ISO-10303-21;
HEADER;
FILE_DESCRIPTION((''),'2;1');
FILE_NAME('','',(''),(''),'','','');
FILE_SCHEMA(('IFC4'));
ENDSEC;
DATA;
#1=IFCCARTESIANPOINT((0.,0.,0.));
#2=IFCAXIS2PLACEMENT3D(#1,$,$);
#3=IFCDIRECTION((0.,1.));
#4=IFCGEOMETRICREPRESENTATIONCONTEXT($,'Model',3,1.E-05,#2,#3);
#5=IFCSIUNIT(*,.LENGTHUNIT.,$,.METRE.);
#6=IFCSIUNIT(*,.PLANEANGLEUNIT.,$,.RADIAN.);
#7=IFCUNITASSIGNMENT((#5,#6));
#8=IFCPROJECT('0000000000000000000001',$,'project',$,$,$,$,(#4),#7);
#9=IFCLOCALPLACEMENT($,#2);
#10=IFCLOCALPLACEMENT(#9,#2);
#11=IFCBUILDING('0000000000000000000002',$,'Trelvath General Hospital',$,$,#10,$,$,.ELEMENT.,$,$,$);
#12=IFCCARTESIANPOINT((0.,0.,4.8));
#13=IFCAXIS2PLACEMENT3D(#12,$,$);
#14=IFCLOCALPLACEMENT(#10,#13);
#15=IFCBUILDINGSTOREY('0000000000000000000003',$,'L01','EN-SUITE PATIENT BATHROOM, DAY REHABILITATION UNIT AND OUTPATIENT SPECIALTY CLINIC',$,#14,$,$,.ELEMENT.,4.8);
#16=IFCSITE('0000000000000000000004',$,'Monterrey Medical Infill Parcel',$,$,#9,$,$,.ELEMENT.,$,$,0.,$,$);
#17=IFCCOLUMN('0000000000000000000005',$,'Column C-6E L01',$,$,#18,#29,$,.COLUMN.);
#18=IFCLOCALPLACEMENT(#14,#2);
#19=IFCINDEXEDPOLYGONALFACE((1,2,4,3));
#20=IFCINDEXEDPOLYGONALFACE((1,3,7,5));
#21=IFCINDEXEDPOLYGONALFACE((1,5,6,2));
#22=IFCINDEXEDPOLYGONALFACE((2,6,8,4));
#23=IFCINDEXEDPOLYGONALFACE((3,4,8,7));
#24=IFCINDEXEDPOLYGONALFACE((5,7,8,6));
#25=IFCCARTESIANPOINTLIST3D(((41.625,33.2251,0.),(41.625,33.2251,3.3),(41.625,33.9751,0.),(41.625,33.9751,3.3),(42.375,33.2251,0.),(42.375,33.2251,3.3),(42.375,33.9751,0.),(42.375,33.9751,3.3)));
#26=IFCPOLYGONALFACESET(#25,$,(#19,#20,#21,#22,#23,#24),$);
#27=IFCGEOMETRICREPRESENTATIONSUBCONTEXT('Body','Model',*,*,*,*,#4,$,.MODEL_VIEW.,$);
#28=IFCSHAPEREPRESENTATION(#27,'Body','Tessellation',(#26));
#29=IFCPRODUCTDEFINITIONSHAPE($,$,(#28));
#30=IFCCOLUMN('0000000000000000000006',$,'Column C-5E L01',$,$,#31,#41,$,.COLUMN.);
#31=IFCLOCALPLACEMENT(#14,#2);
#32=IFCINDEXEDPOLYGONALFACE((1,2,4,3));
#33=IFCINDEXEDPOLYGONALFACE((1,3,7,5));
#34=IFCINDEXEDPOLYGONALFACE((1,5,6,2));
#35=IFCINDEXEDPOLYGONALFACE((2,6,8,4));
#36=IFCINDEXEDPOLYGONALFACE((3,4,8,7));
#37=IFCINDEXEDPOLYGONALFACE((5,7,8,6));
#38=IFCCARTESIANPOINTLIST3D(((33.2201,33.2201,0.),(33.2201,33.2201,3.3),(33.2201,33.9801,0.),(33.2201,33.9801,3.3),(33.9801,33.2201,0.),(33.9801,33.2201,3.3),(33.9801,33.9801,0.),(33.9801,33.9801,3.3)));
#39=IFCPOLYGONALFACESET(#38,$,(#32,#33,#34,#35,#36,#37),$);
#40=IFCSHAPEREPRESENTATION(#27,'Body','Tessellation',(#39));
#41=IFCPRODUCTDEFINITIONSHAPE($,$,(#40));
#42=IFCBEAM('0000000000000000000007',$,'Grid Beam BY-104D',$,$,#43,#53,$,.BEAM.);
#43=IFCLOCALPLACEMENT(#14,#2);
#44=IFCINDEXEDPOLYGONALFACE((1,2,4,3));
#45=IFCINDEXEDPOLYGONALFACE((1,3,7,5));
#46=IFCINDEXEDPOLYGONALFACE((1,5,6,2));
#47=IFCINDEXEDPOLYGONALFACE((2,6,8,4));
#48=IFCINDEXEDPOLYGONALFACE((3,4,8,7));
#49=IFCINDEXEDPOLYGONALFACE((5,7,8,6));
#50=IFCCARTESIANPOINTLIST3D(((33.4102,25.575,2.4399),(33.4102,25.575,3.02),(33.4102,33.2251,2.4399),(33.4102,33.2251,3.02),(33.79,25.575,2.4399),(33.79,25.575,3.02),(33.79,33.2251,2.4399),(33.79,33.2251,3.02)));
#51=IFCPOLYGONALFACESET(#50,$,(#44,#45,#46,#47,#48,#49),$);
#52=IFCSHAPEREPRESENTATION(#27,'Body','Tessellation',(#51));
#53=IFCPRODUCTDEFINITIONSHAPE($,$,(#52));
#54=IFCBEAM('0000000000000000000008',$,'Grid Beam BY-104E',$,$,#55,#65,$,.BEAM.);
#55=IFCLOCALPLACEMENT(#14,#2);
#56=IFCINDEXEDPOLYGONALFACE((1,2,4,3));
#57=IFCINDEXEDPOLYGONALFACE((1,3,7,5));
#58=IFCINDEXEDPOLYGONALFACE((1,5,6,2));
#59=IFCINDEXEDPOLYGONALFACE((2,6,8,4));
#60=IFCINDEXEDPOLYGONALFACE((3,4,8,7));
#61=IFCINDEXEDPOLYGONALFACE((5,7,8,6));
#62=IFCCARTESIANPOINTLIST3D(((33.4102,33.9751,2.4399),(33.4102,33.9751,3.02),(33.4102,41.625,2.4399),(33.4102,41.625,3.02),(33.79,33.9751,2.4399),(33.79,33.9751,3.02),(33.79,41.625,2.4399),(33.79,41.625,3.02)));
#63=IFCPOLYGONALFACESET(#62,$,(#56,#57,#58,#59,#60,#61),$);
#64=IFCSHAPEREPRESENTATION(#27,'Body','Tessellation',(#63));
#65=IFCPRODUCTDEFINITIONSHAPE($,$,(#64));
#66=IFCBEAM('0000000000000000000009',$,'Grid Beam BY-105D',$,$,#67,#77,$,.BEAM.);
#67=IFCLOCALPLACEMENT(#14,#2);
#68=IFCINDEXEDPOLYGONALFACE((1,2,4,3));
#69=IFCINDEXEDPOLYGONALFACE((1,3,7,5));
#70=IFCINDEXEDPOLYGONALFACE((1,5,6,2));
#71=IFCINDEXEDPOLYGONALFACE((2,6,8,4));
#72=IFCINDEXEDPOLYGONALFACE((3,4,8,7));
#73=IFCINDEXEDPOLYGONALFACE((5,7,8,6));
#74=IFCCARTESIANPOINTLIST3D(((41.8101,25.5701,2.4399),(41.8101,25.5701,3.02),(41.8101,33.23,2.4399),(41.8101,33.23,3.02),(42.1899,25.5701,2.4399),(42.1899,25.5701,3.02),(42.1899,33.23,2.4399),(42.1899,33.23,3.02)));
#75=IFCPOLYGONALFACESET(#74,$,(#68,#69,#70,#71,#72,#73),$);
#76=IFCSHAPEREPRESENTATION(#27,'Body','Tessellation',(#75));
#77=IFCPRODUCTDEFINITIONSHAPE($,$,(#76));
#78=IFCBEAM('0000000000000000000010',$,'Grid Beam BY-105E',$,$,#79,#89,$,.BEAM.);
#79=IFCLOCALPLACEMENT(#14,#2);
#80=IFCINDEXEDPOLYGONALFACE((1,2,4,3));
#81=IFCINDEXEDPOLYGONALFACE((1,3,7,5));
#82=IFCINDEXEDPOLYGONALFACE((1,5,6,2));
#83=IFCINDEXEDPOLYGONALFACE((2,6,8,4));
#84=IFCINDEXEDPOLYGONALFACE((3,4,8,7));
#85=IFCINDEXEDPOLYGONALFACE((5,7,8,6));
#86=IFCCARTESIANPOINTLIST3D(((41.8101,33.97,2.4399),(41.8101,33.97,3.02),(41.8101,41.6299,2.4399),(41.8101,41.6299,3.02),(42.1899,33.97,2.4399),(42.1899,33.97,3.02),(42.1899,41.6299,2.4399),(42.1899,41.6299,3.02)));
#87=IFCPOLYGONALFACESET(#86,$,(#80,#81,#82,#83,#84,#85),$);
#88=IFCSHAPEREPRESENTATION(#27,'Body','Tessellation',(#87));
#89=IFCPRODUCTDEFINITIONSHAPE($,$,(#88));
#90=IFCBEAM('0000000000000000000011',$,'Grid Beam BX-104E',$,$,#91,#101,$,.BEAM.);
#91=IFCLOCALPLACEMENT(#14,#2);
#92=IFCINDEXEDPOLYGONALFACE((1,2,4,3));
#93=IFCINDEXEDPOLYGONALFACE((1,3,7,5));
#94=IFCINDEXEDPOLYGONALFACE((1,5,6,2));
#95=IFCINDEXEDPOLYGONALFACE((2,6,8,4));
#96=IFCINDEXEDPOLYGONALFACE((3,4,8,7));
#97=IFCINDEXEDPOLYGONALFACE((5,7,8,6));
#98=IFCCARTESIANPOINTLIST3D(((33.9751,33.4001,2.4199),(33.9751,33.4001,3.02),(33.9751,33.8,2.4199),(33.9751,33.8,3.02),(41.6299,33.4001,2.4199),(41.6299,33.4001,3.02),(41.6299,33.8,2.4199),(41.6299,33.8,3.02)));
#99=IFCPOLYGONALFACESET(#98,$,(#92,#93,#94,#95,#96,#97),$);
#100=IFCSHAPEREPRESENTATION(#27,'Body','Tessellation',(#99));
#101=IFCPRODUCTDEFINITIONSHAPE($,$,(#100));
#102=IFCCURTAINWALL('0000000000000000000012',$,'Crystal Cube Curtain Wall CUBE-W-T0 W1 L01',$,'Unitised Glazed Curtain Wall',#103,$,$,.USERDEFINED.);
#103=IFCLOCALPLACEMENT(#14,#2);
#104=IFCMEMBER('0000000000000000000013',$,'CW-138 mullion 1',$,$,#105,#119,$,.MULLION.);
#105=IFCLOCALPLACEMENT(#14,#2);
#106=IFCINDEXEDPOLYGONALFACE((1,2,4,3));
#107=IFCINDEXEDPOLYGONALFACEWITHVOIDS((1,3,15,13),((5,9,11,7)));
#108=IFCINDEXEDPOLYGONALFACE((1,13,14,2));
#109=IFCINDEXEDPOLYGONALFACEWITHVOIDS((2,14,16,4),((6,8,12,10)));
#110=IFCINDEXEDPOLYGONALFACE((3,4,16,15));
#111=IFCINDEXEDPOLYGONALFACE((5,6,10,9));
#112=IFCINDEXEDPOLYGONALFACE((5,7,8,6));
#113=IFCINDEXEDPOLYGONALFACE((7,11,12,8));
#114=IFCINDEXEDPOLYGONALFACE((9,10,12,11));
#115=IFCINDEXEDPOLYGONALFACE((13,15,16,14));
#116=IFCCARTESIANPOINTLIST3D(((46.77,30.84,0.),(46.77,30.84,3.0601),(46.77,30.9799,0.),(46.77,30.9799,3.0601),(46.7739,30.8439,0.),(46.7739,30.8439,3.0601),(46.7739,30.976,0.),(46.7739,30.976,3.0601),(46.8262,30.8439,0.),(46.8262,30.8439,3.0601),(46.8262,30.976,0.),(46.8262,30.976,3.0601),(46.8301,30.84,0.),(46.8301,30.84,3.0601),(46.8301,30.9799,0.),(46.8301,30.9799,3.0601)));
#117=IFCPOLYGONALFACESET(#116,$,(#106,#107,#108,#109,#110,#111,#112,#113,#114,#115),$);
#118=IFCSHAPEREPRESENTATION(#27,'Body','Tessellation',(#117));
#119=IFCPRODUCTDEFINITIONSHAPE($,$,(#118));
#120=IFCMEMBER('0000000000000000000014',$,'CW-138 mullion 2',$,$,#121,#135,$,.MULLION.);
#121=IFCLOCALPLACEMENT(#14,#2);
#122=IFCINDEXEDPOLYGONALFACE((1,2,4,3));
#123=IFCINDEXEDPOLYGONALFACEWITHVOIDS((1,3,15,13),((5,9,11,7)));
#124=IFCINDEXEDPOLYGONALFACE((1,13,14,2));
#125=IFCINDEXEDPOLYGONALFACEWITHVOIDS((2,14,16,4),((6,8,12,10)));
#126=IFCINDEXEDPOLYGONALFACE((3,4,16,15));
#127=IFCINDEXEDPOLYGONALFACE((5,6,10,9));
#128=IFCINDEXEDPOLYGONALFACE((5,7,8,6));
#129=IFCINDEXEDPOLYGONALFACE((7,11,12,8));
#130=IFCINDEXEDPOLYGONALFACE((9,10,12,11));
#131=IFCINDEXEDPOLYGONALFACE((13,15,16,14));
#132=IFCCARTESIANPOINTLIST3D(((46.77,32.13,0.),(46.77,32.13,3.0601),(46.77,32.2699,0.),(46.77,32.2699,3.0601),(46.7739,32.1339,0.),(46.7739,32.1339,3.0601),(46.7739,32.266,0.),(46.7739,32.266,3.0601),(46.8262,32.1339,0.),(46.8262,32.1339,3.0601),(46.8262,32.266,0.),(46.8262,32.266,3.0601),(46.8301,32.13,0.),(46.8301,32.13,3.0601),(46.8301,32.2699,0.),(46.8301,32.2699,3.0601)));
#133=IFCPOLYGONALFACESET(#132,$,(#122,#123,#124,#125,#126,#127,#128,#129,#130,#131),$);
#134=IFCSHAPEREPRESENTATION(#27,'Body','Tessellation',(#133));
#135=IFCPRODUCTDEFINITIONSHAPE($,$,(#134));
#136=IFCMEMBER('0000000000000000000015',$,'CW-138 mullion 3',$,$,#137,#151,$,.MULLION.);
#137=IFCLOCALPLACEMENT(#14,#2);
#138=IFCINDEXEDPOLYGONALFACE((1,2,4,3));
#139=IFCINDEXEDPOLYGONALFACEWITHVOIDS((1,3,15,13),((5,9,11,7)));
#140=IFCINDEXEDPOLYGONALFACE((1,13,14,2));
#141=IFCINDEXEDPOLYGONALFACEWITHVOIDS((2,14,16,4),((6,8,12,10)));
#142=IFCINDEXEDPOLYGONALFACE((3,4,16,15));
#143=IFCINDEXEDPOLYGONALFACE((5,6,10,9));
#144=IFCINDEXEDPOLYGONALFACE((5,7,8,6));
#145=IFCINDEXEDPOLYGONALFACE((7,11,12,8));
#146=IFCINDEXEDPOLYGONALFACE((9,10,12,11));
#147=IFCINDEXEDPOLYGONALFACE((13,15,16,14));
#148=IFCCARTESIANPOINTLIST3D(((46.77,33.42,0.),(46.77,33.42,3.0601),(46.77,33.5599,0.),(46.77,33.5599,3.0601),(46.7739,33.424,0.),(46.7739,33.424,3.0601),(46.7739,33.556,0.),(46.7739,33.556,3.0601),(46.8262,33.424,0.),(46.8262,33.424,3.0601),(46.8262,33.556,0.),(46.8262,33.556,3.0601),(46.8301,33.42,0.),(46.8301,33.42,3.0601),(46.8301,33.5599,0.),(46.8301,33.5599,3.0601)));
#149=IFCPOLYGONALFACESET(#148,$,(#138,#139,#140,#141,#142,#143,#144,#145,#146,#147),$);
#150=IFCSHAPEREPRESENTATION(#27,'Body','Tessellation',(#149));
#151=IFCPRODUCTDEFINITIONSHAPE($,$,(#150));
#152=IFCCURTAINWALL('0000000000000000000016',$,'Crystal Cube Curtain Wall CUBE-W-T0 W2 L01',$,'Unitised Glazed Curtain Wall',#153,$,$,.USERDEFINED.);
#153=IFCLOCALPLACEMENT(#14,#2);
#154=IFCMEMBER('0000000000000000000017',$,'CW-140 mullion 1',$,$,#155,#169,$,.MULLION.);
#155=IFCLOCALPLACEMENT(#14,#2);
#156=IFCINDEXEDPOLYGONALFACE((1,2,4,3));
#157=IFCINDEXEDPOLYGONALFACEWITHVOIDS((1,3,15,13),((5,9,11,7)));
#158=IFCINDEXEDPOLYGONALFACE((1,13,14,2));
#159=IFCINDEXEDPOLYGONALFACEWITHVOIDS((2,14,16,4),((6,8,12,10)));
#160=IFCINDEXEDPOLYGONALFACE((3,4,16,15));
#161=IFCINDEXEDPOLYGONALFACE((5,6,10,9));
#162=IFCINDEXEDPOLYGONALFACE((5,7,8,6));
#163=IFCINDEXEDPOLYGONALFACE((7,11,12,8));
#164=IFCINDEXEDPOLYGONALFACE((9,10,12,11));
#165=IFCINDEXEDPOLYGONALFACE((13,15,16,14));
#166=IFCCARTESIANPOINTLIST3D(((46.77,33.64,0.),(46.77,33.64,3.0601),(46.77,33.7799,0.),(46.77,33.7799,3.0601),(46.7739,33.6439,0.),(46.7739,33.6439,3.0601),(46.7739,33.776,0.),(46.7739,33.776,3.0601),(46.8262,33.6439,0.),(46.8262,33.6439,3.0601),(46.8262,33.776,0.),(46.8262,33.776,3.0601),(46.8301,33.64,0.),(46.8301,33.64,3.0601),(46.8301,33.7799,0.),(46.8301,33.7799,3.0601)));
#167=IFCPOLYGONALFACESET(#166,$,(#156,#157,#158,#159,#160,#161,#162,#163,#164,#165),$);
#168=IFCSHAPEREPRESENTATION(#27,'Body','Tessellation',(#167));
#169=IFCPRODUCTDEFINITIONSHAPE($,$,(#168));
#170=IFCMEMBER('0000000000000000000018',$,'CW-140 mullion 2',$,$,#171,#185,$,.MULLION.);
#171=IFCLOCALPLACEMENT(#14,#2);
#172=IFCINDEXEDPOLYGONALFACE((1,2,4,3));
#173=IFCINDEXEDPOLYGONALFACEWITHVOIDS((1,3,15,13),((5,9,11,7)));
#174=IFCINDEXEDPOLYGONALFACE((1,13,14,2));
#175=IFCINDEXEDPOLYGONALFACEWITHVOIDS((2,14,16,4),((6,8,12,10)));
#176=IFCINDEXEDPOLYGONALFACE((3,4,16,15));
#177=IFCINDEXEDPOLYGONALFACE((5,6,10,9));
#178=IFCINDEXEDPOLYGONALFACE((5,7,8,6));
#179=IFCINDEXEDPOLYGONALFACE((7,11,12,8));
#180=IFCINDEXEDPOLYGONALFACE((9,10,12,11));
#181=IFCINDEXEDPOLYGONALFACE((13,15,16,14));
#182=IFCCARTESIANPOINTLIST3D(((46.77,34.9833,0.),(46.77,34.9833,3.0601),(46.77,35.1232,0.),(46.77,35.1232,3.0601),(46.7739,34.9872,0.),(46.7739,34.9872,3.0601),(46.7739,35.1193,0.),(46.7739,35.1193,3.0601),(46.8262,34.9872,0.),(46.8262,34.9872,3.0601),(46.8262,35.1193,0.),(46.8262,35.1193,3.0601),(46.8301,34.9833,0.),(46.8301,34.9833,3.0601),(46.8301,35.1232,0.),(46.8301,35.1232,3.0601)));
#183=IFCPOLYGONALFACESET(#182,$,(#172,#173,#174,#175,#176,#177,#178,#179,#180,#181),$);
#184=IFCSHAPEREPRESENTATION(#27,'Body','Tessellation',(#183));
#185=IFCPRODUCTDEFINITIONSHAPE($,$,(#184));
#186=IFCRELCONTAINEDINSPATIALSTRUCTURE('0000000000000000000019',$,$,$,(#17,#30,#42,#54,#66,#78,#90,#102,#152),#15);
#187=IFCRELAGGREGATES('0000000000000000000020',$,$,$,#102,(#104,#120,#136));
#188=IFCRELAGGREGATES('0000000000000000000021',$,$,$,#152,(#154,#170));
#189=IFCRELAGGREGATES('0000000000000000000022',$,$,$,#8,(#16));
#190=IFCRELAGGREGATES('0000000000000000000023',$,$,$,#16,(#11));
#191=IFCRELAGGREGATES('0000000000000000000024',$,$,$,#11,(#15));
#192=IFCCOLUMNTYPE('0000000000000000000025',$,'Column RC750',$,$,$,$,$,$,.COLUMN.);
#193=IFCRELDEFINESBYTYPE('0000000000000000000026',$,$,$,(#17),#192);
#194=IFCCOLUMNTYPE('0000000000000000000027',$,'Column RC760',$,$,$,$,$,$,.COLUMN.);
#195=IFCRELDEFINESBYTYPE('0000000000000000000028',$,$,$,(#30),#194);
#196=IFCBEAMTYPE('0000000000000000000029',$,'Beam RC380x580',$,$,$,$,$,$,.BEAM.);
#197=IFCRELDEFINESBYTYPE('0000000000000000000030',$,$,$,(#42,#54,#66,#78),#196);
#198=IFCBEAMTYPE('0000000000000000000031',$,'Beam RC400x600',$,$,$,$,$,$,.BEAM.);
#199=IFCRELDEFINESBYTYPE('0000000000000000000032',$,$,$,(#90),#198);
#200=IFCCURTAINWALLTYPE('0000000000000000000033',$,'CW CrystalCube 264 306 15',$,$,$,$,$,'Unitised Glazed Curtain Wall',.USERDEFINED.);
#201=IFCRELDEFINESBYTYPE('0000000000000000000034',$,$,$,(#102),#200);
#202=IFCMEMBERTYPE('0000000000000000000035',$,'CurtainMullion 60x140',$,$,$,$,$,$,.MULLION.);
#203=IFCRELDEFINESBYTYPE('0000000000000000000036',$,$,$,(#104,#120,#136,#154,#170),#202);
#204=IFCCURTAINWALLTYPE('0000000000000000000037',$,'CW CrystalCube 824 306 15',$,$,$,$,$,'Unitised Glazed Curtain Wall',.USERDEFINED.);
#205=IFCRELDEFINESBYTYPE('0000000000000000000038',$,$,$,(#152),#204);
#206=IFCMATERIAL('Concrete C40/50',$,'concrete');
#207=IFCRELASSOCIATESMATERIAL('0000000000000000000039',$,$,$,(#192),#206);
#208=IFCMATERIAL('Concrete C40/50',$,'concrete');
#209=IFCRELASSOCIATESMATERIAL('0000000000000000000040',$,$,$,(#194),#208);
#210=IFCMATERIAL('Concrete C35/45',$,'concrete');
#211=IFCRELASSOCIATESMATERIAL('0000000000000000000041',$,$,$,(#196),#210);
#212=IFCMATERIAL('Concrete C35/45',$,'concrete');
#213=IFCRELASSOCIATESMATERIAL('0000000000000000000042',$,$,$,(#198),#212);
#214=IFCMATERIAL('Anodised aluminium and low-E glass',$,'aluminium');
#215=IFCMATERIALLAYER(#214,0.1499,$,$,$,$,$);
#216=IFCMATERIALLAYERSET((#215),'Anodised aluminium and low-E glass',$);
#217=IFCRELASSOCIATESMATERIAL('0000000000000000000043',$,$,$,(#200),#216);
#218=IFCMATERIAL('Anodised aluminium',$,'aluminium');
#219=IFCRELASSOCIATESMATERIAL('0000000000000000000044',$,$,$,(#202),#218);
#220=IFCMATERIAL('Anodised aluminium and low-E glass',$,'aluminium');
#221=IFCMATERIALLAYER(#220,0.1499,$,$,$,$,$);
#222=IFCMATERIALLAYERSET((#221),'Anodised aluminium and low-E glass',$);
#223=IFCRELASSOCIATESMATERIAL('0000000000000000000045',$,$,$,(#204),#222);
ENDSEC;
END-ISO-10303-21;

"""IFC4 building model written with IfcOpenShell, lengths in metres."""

from ifc_helpers import new_model, si_unit, direction, frame, origin, origin_2d, place, context, subcontext, project, spatial, rectangle, hollow_rectangle, extrude, material, layer, layer_set, material_profile, profile_set, type_object, element, aggregate, save


model = new_model("IFC4")

# Units and contexts
model_context = context("Model", 3, precision=1e-05, world=origin(), true_north=direction((0.0, 1.0)))
body_context = subcontext(model_context, "Body", "Model", "MODEL_VIEW")
ifc_project = project(units=[si_unit("LENGTHUNIT", "METRE"), si_unit("PLANEANGLEUNIT", "RADIAN")], contexts=[model_context])

# Site, building, storey
site_placement = place(None, origin())
site = spatial("IfcSite", under=ifc_project, at=site_placement, Name="Monterrey Medical Infill Parcel", CompositionType="ELEMENT", RefElevation=0.0)
building_placement = place(site_placement, origin())
building = spatial("IfcBuilding", under=site, at=building_placement, Name="Trelvath General Hospital", CompositionType="ELEMENT")
storey_placement = place(building_placement, frame((0.0, 0.0, 4.8)))
storey = spatial("IfcBuildingStorey", under=building, at=storey_placement, Name="L01", Description="EN-SUITE PATIENT BATHROOM, DAY REHABILITATION UNIT AND OUTPATIENT SPECIALTY CLINIC", CompositionType="ELEMENT", Elevation=4.8)

# Columns
ifc_material_1 = material(Name="Concrete C40/50", Category="concrete")
ifc_material_profile_1 = material_profile(ifc_material_1, rectangle(XDim=0.75, YDim=0.75, at=origin_2d()), Name="RC750x750")
ifc_profile_set_1 = profile_set([ifc_material_profile_1], Name="Concrete C40/50")
column_type_1 = type_object("IfcColumnType", Name="Column RC750", PredefinedType="COLUMN", material=ifc_profile_set_1)
column_1_placement = place(storey_placement, frame((42.0, 33.6001, 0.0), z_axis=(0.0, 0.0, 1.0), x_axis=(1.0, 0.0, 0.0)))
element("IfcColumn", 1, at=column_1_placement, inside=storey, type_object=column_type_1, Name="Column C-6E L01", PredefinedType="COLUMN", context=body_context, shape_type="SweptSolid", body=[
    extrude(rectangle(XDim=0.75, YDim=0.75, at=origin_2d()), origin(), (0.0, 0.0, 1.0), 3.3),
])
ifc_material_2 = material(Name="Concrete C40/50", Category="concrete")
ifc_material_profile_2 = material_profile(ifc_material_2, rectangle(XDim=0.76, YDim=0.76, at=origin_2d()), Name="RC760x760")
ifc_profile_set_2 = profile_set([ifc_material_profile_2], Name="Concrete C40/50")
column_type_2 = type_object("IfcColumnType", Name="Column RC760", PredefinedType="COLUMN", material=ifc_profile_set_2)
column_2_placement = place(storey_placement, frame((33.6001, 33.6001, 0.0), z_axis=(0.0, 0.0, 1.0), x_axis=(1.0, 0.0, 0.0)))
element("IfcColumn", 2, at=column_2_placement, inside=storey, type_object=column_type_2, Name="Column C-5E L01", PredefinedType="COLUMN", context=body_context, shape_type="SweptSolid", body=[
    extrude(rectangle(XDim=0.76, YDim=0.76, at=origin_2d()), origin(), (0.0, 0.0, 1.0), 3.3),
])

# Beams
ifc_material_3 = material(Name="Concrete C35/45", Category="concrete")
ifc_material_profile_3 = material_profile(ifc_material_3, rectangle(XDim=0.3799, YDim=0.5801, at=origin_2d()), Name="RCB380x580")
ifc_profile_set_3 = profile_set([ifc_material_profile_3], Name="Concrete C35/45")
beam_type_1 = type_object("IfcBeamType", Name="Beam RC380x580", PredefinedType="BEAM", material=ifc_profile_set_3)
beam_1_placement = place(storey_placement, frame((33.6001, 25.575, 2.73), z_axis=(0.0, 1.0, 0.0), x_axis=(-1.0, 0.0, 0.0)))
element("IfcBeam", 3, at=beam_1_placement, inside=storey, type_object=beam_type_1, Name="Grid Beam BY-104D", PredefinedType="BEAM", context=body_context, shape_type="SweptSolid", body=[
    extrude(rectangle(XDim=0.3799, YDim=0.5801, at=origin_2d()), origin(), (0.0, 0.0, 1.0), 7.6501),
])
beam_2_placement = place(storey_placement, frame((33.6001, 33.9751, 2.73), z_axis=(0.0, 1.0, 0.0), x_axis=(-1.0, 0.0, 0.0)))
element("IfcBeam", 4, at=beam_2_placement, inside=storey, type_object=beam_type_1, Name="Grid Beam BY-104E", PredefinedType="BEAM", context=body_context, shape_type="SweptSolid", body=[
    extrude(rectangle(XDim=0.3799, YDim=0.5801, at=origin_2d()), origin(), (0.0, 0.0, 1.0), 7.6499),
])
for number, where, z_axis, x_axis, name in (
    (5, (42.0, 25.5701, 2.73), (0.0, 1.0, 0.0), (-1.0, 0.0, 0.0), "Grid Beam BY-105D"),
    (6, (42.0, 33.97, 2.73), (0.0, 1.0, 0.0), (-1.0, 0.0, 0.0), "Grid Beam BY-105E"),
):
    element("IfcBeam", number, at=place(storey_placement, frame(where, z_axis=z_axis, x_axis=x_axis)), inside=storey, type_object=beam_type_1, Name=name, PredefinedType="BEAM", context=body_context, shape_type="SweptSolid", body=[
        extrude(rectangle(XDim=0.3799, YDim=0.5801, at=origin_2d()), origin(), (0.0, 0.0, 1.0), 7.6599),
    ])
ifc_material_4 = material(Name="Concrete C35/45", Category="concrete")
ifc_material_profile_4 = material_profile(ifc_material_4, rectangle(XDim=0.3999, YDim=0.6001, at=origin_2d()), Name="RCB400x600")
ifc_profile_set_4 = profile_set([ifc_material_profile_4], Name="Concrete C35/45")
beam_type_2 = type_object("IfcBeamType", Name="Beam RC400x600", PredefinedType="BEAM", material=ifc_profile_set_4)
beam_3_placement = place(storey_placement, frame((33.9751, 33.6001, 2.72), z_axis=(1.0, 0.0, 0.0), x_axis=(0.0, 1.0, 0.0)))
element("IfcBeam", 7, at=beam_3_placement, inside=storey, type_object=beam_type_2, Name="Grid Beam BX-104E", PredefinedType="BEAM", context=body_context, shape_type="SweptSolid", body=[
    extrude(rectangle(XDim=0.3999, YDim=0.6001, at=origin_2d()), origin(), (0.0, 0.0, 1.0), 7.6548),
])

# Curtain walls, members
ifc_material_5 = material(Name="Anodised aluminium and low-E glass", Category="aluminium")
ifc_layer_1 = layer(ifc_material_5, 0.1499)
ifc_layer_set_1 = layer_set([ifc_layer_1], Name="Anodised aluminium and low-E glass")
curtain_wall_type_1 = type_object("IfcCurtainWallType", Name="CW CrystalCube 264 306 15", ElementType="Unitised Glazed Curtain Wall", PredefinedType="USERDEFINED", material=ifc_layer_set_1)
curtain_wall_1_placement = place(storey_placement, origin())
curtain_wall_1 = element("IfcCurtainWall", 8, at=curtain_wall_1_placement, inside=storey, type_object=curtain_wall_type_1, Name="Crystal Cube Curtain Wall CUBE-W-T0 W1 L01", ObjectType="Unitised Glazed Curtain Wall", PredefinedType="USERDEFINED")
ifc_material_6 = material(Name="Anodised aluminium", Category="aluminium")
ifc_material_profile_5 = material_profile(ifc_material_6, hollow_rectangle(XDim=0.0601, YDim=0.1399, WallThickness=0.0039, at=origin_2d()), Name="RHS60x140x4")
ifc_profile_set_5 = profile_set([ifc_material_profile_5], Name="Anodised aluminium")
member_type_1 = type_object("IfcMemberType", Name="CurtainMullion 60x140", PredefinedType="MULLION", material=ifc_profile_set_5)
member_1_placement = place(storey_placement, frame((46.8, 30.9099, 0.0), z_axis=(0.0, 0.0, 1.0), x_axis=(-1.0, 0.0, 0.0)))
member_1 = element("IfcMember", 9, at=member_1_placement, type_object=member_type_1, Name="CW-138 mullion 1", PredefinedType="MULLION", context=body_context, shape_type="SweptSolid", body=[
    extrude(hollow_rectangle(XDim=0.0601, YDim=0.1399, WallThickness=0.0039, at=origin_2d()), origin(), (0.0, 0.0, 1.0), 3.0601),
])
member_2_placement = place(storey_placement, frame((46.8, 32.2, 0.0), z_axis=(0.0, 0.0, 1.0), x_axis=(-1.0, 0.0, 0.0)))
member_2 = element("IfcMember", 10, at=member_2_placement, type_object=member_type_1, Name="CW-138 mullion 2", PredefinedType="MULLION", context=body_context, shape_type="SweptSolid", body=[
    extrude(hollow_rectangle(XDim=0.0601, YDim=0.1399, WallThickness=0.0039, at=origin_2d()), origin(), (0.0, 0.0, 1.0), 3.0601),
])
member_3_placement = place(storey_placement, frame((46.8, 33.49, 0.0), z_axis=(0.0, 0.0, 1.0), x_axis=(-1.0, 0.0, 0.0)))
member_3 = element("IfcMember", 11, at=member_3_placement, type_object=member_type_1, Name="CW-138 mullion 3", PredefinedType="MULLION", context=body_context, shape_type="SweptSolid", body=[
    extrude(hollow_rectangle(XDim=0.0601, YDim=0.1399, WallThickness=0.0039, at=origin_2d()), origin(), (0.0, 0.0, 1.0), 3.0601),
])
ifc_material_7 = material(Name="Anodised aluminium and low-E glass", Category="aluminium")
ifc_layer_2 = layer(ifc_material_7, 0.1499)
ifc_layer_set_2 = layer_set([ifc_layer_2], Name="Anodised aluminium and low-E glass")
curtain_wall_type_2 = type_object("IfcCurtainWallType", Name="CW CrystalCube 824 306 15", ElementType="Unitised Glazed Curtain Wall", PredefinedType="USERDEFINED", material=ifc_layer_set_2)
curtain_wall_2_placement = place(storey_placement, origin())
curtain_wall_2 = element("IfcCurtainWall", 12, at=curtain_wall_2_placement, inside=storey, type_object=curtain_wall_type_2, Name="Crystal Cube Curtain Wall CUBE-W-T0 W2 L01", ObjectType="Unitised Glazed Curtain Wall", PredefinedType="USERDEFINED")
member_4_placement = place(storey_placement, frame((46.8, 33.71, 0.0), z_axis=(0.0, 0.0, 1.0), x_axis=(-1.0, 0.0, 0.0)))
member_4 = element("IfcMember", 13, at=member_4_placement, type_object=member_type_1, Name="CW-140 mullion 1", PredefinedType="MULLION", context=body_context, shape_type="SweptSolid", body=[
    extrude(hollow_rectangle(XDim=0.0601, YDim=0.1399, WallThickness=0.0039, at=origin_2d()), origin(), (0.0, 0.0, 1.0), 3.0601),
])
member_5_placement = place(storey_placement, frame((46.8, 35.0532, 0.0), z_axis=(0.0, 0.0, 1.0), x_axis=(-1.0, 0.0, 0.0)))
member_5 = element("IfcMember", 14, at=member_5_placement, type_object=member_type_1, Name="CW-140 mullion 2", PredefinedType="MULLION", context=body_context, shape_type="SweptSolid", body=[
    extrude(hollow_rectangle(XDim=0.0601, YDim=0.1399, WallThickness=0.0039, at=origin_2d()), origin(), (0.0, 0.0, 1.0), 3.0601),
])

aggregate(curtain_wall_1, [member_1, member_2, member_3])
aggregate(curtain_wall_2, [member_4, member_5])

save(model, "model.ifc")
